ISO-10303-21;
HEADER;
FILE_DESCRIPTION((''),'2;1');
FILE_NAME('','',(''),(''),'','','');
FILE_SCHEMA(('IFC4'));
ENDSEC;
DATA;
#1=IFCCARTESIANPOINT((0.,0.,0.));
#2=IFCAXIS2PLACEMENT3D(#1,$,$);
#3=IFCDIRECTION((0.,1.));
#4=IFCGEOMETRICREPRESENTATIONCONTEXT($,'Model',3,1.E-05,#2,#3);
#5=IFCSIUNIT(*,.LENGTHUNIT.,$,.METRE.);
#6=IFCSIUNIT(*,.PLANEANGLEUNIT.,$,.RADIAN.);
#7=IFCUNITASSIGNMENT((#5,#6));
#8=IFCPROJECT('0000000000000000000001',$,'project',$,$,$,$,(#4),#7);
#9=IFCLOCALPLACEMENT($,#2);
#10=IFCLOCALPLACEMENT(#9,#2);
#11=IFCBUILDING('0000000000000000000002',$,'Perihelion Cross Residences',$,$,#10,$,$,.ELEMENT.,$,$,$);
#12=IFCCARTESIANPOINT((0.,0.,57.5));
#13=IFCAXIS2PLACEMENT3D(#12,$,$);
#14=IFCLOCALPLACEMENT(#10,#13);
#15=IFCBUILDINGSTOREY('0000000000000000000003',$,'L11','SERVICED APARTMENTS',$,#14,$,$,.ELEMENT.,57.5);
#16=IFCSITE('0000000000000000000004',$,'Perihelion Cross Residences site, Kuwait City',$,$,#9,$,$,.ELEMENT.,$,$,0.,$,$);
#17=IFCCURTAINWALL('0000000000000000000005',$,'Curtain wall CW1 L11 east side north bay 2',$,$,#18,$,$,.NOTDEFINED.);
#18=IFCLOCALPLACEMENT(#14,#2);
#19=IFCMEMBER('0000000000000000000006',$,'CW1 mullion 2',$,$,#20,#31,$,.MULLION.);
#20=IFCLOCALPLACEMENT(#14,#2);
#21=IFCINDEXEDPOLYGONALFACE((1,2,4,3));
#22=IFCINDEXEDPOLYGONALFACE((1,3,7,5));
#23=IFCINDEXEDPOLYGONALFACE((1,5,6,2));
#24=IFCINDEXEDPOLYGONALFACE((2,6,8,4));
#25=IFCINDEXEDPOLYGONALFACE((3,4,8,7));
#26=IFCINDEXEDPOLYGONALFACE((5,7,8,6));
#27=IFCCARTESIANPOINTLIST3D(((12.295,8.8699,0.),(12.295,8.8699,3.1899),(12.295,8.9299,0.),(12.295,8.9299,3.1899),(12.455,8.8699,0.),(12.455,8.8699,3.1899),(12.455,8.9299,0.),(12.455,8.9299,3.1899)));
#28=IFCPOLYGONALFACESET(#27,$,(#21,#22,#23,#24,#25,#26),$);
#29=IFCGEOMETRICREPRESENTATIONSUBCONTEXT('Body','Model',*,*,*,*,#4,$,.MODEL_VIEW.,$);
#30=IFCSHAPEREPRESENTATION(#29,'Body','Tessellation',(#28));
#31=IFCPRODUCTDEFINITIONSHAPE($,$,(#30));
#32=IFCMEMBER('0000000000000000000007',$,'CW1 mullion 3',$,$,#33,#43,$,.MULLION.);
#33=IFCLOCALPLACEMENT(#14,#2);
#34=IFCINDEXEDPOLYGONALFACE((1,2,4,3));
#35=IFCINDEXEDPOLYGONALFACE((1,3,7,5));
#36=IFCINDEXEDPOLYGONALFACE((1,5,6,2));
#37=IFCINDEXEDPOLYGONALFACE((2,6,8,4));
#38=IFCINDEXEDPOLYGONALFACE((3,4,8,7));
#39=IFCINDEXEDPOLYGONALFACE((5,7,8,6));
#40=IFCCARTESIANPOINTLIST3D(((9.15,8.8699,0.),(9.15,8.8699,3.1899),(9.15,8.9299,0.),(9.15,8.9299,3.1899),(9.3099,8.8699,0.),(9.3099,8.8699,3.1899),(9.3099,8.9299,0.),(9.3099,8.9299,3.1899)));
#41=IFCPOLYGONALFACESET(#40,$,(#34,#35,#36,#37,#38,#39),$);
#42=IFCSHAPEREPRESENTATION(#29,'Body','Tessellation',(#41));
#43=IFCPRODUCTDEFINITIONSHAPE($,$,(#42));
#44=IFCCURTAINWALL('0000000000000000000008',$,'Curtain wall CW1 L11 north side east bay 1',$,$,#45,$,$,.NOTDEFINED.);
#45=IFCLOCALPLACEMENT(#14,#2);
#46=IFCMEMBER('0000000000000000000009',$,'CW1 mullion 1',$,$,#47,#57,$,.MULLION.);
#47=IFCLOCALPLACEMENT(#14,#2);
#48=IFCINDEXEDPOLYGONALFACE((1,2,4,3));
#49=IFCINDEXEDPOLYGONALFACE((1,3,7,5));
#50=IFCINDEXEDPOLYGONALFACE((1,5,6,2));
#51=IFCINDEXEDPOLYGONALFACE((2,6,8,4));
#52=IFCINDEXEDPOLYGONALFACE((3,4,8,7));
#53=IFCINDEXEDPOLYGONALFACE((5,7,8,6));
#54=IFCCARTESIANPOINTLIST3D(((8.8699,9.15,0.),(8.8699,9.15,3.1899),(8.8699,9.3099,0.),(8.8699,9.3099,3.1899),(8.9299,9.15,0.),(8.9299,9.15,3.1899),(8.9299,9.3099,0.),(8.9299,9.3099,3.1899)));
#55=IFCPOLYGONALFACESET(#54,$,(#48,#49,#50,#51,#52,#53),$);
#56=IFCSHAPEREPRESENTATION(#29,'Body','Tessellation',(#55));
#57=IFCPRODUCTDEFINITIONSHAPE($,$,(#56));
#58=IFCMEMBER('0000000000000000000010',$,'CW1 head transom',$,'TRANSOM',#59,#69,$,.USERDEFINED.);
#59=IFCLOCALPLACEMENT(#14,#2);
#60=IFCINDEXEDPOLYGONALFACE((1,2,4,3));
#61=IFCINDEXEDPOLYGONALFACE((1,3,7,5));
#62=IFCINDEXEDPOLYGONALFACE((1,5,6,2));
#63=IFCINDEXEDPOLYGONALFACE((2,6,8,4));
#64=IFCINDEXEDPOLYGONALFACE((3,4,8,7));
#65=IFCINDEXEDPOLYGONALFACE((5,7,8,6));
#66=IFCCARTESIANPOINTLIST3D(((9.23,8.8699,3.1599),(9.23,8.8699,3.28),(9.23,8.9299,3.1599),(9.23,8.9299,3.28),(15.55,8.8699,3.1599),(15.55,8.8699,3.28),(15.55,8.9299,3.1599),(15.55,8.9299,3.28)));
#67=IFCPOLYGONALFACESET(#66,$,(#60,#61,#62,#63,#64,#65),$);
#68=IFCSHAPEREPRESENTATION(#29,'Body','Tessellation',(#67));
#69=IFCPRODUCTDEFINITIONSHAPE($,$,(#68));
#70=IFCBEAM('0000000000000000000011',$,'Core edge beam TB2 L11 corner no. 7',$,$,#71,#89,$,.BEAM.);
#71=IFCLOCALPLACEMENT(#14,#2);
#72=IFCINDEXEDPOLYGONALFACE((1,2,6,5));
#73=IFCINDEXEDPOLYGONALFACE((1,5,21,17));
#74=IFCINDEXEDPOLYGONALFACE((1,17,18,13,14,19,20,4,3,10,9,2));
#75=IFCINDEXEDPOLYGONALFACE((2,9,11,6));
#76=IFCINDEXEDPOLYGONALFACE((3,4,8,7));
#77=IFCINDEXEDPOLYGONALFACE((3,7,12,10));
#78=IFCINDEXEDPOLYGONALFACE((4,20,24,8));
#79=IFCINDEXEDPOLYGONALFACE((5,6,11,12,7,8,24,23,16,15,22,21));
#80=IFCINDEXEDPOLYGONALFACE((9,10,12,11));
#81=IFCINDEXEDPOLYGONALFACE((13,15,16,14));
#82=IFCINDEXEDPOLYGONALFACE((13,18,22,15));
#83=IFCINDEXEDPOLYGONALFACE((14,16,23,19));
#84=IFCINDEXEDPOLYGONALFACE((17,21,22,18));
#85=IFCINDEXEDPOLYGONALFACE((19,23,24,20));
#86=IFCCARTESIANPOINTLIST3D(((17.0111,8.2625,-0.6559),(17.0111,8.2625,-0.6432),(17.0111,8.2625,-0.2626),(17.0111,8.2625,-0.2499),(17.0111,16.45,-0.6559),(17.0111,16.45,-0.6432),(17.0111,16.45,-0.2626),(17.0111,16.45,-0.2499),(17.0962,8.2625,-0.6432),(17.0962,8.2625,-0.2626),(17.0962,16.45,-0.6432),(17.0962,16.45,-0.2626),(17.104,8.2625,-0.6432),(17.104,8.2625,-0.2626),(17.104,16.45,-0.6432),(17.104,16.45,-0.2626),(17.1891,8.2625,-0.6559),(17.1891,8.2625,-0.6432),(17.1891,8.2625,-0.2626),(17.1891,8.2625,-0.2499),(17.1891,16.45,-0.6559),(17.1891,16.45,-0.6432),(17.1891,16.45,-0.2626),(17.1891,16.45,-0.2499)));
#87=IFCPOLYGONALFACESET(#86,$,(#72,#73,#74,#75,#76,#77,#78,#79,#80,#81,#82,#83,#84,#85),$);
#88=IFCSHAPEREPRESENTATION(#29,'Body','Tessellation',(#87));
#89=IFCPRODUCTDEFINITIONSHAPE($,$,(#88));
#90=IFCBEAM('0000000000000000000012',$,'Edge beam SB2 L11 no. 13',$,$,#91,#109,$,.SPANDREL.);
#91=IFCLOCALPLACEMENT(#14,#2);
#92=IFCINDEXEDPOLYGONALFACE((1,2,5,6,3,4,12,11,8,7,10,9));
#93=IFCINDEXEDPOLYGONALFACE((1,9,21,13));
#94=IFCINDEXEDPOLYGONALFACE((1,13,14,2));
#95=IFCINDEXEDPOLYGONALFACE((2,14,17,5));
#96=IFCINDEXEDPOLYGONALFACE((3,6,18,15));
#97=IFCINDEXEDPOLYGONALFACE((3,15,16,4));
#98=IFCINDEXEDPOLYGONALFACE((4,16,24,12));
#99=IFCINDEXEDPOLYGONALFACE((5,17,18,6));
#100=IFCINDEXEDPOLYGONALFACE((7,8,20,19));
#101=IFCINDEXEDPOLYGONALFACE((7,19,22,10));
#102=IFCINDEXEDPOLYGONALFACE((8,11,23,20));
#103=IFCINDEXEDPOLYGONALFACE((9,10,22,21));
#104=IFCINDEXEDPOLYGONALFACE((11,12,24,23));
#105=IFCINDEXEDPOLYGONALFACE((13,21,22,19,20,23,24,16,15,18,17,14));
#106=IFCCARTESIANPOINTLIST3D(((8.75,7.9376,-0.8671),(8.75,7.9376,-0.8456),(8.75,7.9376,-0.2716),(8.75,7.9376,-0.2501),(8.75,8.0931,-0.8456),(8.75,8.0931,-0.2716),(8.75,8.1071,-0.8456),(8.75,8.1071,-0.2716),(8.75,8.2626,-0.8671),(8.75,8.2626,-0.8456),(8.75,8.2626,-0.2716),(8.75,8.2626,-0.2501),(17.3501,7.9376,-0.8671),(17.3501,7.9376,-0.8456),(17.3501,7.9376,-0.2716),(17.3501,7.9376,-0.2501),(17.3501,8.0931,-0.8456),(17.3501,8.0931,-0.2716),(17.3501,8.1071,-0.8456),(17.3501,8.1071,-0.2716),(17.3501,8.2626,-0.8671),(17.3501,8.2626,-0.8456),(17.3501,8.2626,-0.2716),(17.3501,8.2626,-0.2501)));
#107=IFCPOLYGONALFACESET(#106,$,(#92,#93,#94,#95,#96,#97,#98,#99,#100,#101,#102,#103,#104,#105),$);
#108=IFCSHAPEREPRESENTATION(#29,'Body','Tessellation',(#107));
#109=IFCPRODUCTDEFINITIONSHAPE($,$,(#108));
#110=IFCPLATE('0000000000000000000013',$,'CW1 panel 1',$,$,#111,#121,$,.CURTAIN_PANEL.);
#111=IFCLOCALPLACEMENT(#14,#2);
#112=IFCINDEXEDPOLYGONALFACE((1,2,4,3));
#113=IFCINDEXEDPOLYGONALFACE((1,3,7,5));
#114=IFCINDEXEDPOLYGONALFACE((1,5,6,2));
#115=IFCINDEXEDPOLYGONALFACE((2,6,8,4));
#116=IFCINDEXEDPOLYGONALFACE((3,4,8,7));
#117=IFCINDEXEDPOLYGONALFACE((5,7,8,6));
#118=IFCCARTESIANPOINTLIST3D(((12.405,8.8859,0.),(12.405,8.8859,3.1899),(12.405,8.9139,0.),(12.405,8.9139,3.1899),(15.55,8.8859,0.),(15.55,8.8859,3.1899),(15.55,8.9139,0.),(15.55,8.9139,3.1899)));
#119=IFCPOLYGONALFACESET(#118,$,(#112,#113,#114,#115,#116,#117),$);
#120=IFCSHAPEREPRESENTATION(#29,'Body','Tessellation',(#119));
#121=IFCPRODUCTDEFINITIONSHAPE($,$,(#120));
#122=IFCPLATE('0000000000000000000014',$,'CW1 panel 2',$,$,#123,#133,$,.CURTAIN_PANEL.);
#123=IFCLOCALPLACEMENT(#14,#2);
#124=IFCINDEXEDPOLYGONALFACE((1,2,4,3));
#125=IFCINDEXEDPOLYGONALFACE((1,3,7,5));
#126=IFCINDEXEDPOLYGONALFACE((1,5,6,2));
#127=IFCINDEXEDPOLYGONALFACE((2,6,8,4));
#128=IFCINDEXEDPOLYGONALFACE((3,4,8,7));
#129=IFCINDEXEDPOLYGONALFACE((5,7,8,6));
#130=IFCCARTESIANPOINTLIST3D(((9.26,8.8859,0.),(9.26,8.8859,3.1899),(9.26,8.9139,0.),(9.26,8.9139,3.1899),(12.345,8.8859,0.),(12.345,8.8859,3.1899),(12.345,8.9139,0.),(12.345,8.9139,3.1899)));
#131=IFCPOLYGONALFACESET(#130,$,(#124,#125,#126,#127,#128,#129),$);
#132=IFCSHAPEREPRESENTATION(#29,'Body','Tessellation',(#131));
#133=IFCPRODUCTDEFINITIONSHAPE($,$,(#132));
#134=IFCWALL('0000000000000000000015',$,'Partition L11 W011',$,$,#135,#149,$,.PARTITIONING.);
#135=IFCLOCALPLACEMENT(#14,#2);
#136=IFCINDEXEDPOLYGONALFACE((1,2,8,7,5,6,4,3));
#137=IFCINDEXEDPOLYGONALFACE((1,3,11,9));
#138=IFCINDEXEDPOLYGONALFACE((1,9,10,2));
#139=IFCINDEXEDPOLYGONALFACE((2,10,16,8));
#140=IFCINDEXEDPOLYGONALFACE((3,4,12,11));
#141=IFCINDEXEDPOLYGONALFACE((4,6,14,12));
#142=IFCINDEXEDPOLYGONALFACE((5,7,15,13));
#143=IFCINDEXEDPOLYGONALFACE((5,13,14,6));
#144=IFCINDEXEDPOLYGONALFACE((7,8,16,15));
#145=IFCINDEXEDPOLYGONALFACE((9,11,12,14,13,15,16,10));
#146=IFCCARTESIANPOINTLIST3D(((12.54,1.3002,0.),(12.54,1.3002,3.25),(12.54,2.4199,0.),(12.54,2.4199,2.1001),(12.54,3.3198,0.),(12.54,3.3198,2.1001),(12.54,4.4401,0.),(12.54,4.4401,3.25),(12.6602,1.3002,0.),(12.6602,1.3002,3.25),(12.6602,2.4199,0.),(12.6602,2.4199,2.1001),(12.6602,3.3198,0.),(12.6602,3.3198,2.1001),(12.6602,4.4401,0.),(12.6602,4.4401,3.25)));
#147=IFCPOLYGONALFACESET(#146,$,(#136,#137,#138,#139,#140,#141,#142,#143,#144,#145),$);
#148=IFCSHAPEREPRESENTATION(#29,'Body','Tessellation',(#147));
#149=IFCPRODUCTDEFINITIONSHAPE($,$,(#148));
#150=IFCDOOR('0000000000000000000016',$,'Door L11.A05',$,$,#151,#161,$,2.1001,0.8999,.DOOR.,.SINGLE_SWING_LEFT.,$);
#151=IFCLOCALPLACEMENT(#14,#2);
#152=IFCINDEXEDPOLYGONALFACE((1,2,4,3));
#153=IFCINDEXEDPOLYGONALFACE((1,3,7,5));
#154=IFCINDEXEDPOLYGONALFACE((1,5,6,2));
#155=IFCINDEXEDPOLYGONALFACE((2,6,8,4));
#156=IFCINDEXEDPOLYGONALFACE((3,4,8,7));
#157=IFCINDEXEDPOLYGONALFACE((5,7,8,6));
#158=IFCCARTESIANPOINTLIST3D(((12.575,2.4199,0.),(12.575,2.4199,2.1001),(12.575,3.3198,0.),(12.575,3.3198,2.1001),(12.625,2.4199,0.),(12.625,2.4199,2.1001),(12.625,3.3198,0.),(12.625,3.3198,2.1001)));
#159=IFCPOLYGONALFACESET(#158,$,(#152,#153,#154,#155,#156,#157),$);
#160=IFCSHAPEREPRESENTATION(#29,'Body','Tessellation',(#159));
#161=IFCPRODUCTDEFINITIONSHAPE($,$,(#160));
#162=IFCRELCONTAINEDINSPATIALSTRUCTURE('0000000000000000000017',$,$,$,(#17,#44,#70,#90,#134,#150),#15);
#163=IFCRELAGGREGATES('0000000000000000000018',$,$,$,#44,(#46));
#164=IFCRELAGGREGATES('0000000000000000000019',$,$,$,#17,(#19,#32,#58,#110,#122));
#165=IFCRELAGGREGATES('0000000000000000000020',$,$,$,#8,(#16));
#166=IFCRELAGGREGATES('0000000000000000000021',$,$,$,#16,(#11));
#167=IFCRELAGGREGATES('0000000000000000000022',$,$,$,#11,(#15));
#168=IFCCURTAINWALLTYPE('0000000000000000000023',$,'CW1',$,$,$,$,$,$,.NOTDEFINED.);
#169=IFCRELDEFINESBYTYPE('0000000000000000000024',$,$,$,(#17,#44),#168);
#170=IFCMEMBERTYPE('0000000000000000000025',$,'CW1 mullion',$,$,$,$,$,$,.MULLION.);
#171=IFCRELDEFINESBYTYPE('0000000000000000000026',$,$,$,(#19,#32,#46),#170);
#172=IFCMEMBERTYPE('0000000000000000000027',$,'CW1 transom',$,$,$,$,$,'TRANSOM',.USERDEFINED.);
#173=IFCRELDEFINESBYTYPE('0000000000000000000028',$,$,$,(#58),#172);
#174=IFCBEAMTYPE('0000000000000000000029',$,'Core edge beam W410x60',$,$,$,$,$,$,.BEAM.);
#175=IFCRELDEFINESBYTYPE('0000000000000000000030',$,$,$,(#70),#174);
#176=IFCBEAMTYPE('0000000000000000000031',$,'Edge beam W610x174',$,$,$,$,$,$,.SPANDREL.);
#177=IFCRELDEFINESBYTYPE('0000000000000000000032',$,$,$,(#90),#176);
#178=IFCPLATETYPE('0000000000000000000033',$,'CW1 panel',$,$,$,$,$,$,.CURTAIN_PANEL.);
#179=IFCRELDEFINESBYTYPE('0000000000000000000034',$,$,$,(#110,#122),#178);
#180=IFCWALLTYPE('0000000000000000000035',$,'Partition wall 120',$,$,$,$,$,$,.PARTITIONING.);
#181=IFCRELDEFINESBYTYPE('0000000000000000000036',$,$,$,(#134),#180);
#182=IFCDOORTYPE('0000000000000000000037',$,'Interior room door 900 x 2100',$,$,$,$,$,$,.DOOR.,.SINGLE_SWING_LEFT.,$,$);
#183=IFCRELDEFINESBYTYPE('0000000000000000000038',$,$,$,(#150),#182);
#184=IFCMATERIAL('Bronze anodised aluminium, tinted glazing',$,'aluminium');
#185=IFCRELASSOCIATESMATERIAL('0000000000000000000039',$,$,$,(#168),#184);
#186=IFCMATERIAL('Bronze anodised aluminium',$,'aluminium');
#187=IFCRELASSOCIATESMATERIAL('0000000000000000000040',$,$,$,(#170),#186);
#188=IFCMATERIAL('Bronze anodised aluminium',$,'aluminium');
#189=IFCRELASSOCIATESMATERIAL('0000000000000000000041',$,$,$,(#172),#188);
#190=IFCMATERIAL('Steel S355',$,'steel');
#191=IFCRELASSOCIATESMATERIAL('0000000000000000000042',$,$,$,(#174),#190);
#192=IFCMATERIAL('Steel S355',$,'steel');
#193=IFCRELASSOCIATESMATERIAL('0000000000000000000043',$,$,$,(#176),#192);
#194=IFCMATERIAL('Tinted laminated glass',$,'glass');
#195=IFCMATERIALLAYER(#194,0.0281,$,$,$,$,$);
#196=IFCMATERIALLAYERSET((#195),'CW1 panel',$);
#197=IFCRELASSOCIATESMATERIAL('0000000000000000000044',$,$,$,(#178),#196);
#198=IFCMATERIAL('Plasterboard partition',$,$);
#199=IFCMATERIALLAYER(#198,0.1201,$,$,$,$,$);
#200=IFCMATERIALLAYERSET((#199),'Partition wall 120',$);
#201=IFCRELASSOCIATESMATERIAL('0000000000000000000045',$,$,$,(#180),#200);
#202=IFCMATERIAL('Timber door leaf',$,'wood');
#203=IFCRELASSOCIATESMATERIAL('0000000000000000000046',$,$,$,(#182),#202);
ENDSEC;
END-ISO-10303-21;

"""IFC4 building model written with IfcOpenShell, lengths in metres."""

from ifc_helpers import new_model, si_unit, direction, frame, frame_2d, origin, origin_2d, place, context, subcontext, project, spatial, rectangle, i_section, extrude, material, layer, layer_set, material_profile, profile_set, type_object, element, fill, aggregate, save


model = new_model("IFC4")

# Units and contexts
model_context = context("Model", 3, precision=1e-05, world=origin(), true_north=direction((0.0, 1.0)))
body_context = subcontext(model_context, "Body", "Model", "MODEL_VIEW")
ifc_project = project(units=[si_unit("LENGTHUNIT", "METRE"), si_unit("PLANEANGLEUNIT", "RADIAN")], contexts=[model_context])

# Site, building, storey
site_placement = place(None, origin())
site = spatial("IfcSite", under=ifc_project, at=site_placement, Name="Perihelion Cross Residences site, Kuwait City", CompositionType="ELEMENT", RefElevation=0.0)
building_placement = place(site_placement, origin())
building = spatial("IfcBuilding", under=site, at=building_placement, Name="Perihelion Cross Residences", CompositionType="ELEMENT")
storey_placement = place(building_placement, frame((0.0, 0.0, 57.5)))
storey = spatial("IfcBuildingStorey", under=building, at=storey_placement, Name="L11", Description="SERVICED APARTMENTS", CompositionType="ELEMENT", Elevation=57.5)

# Curtain wall, members
ifc_material_1 = material(Name="Bronze anodised aluminium, tinted glazing", Category="aluminium")
curtain_wall_type = type_object("IfcCurtainWallType", Name="CW1", PredefinedType="NOTDEFINED", material=ifc_material_1)
curtain_wall_1_placement = place(storey_placement, origin())
curtain_wall_1 = element("IfcCurtainWall", 1, at=curtain_wall_1_placement, inside=storey, type_object=curtain_wall_type, Name="Curtain wall CW1 L11 east side north bay 2", PredefinedType="NOTDEFINED")
ifc_material_2 = material(Name="Bronze anodised aluminium", Category="aluminium")
ifc_material_profile_1 = material_profile(ifc_material_2, rectangle(XDim=0.0601, YDim=0.1599, at=origin_2d()), Name="CW1 mullion")
ifc_profile_set_1 = profile_set([ifc_material_profile_1], Name="Bronze anodised aluminium")
member_type_1 = type_object("IfcMemberType", Name="CW1 mullion", PredefinedType="MULLION", material=ifc_profile_set_1)
member_1_placement = place(storey_placement, frame((12.375, 8.8999, 0.0), z_axis=(0.0, 0.0, 1.0), x_axis=(0.0, -1.0, 0.0)))
member_1 = element("IfcMember", 2, at=member_1_placement, type_object=member_type_1, Name="CW1 mullion 2", PredefinedType="MULLION", context=body_context, shape_type="SweptSolid", body=[
    extrude(rectangle(XDim=0.0601, YDim=0.1599, at=origin_2d()), origin(), (0.0, 0.0, 1.0), 3.1899),
])
member_2_placement = place(storey_placement, frame((9.23, 8.8999, 0.0), z_axis=(0.0, 0.0, 1.0), x_axis=(0.0, -1.0, 0.0)))
member_2 = element("IfcMember", 3, at=member_2_placement, type_object=member_type_1, Name="CW1 mullion 3", PredefinedType="MULLION", context=body_context, shape_type="SweptSolid", body=[
    extrude(rectangle(XDim=0.0601, YDim=0.1599, at=origin_2d()), origin(), (0.0, 0.0, 1.0), 3.1899),
])

# Curtain wall, member
curtain_wall_2_placement = place(storey_placement, origin())
curtain_wall_2 = element("IfcCurtainWall", 4, at=curtain_wall_2_placement, inside=storey, type_object=curtain_wall_type, Name="Curtain wall CW1 L11 north side east bay 1", PredefinedType="NOTDEFINED")
member_3_placement = place(storey_placement, frame((8.8999, 9.23, 0.0), z_axis=(0.0, 0.0, 1.0), x_axis=(-1.0, 0.0, 0.0)))
member_3 = element("IfcMember", 5, at=member_3_placement, type_object=member_type_1, Name="CW1 mullion 1", PredefinedType="MULLION", context=body_context, shape_type="SweptSolid", body=[
    extrude(rectangle(XDim=0.0601, YDim=0.1599, at=origin_2d()), origin(), (0.0, 0.0, 1.0), 3.1899),
])
aggregate(curtain_wall_2, [member_3])

# Member
ifc_material_3 = material(Name="Bronze anodised aluminium", Category="aluminium")
ifc_material_profile_2 = material_profile(ifc_material_3, rectangle(XDim=0.0601, YDim=0.1201, at=origin_2d()), Name="CW1 transom")
ifc_profile_set_2 = profile_set([ifc_material_profile_2], Name="Bronze anodised aluminium")
member_type_2 = type_object("IfcMemberType", Name="CW1 transom", ElementType="TRANSOM", PredefinedType="USERDEFINED", material=ifc_profile_set_2)
member_4_placement = place(storey_placement, frame((15.55, 8.8999, 3.22), z_axis=(-1.0, 0.0, 0.0), x_axis=(0.0, -1.0, 0.0)))
member_4 = element("IfcMember", 6, at=member_4_placement, type_object=member_type_2, Name="CW1 head transom", ObjectType="TRANSOM", PredefinedType="USERDEFINED", context=body_context, shape_type="SweptSolid", body=[
    extrude(rectangle(XDim=0.0601, YDim=0.1201, at=origin_2d()), origin(), (0.0, 0.0, 1.0), 6.3201),
])

# Beams
ifc_material_4 = material(Name="Steel S355", Category="steel")
ifc_material_profile_3 = material_profile(ifc_material_4, i_section(OverallWidth=0.178, OverallDepth=0.406, WebThickness=0.0078, FlangeThickness=0.0127, at=origin_2d()), Name="W410x60")
ifc_profile_set_3 = profile_set([ifc_material_profile_3], Name="Steel S355")
beam_type_1 = type_object("IfcBeamType", Name="Core edge beam W410x60", PredefinedType="BEAM", material=ifc_profile_set_3)
beam_1_placement = place(storey_placement, frame((17.1001, 8.2625, -0.4529), z_axis=(0.0, 1.0, 0.0), x_axis=(-1.0, 0.0, 0.0)))
element("IfcBeam", 7, at=beam_1_placement, inside=storey, type_object=beam_type_1, Name="Core edge beam TB2 L11 corner no. 7", PredefinedType="BEAM", context=body_context, shape_type="SweptSolid", body=[
    extrude(i_section(OverallWidth=0.178, OverallDepth=0.406, WebThickness=0.0078, FlangeThickness=0.0127, at=origin_2d()), origin(), (0.0, 0.0, 1.0), 8.1875),
])
ifc_material_5 = material(Name="Steel S355", Category="steel")
ifc_material_profile_4 = material_profile(ifc_material_5, i_section(OverallWidth=0.325, OverallDepth=0.6169, WebThickness=0.0139, FlangeThickness=0.0215, at=origin_2d()), Name="W610x174")
ifc_profile_set_4 = profile_set([ifc_material_profile_4], Name="Steel S355")
beam_type_2 = type_object("IfcBeamType", Name="Edge beam W610x174", PredefinedType="SPANDREL", material=ifc_profile_set_4)
beam_2_placement = place(storey_placement, frame((17.3501, 8.1001, -0.5586), z_axis=(-1.0, 0.0, 0.0), x_axis=(0.0, -1.0, 0.0)))
element("IfcBeam", 8, at=beam_2_placement, inside=storey, type_object=beam_type_2, Name="Edge beam SB2 L11 no. 13", PredefinedType="SPANDREL", context=body_context, shape_type="SweptSolid", body=[
    extrude(i_section(OverallWidth=0.325, OverallDepth=0.6169, WebThickness=0.0139, FlangeThickness=0.0215, at=origin_2d()), origin(), (0.0, 0.0, 1.0), 8.6001),
])

# Plates
ifc_material_6 = material(Name="Tinted laminated glass", Category="glass")
ifc_layer_1 = layer(ifc_material_6, 0.0281)
ifc_layer_set_1 = layer_set([ifc_layer_1], Name="CW1 panel")
plate_type = type_object("IfcPlateType", Name="CW1 panel", PredefinedType="CURTAIN_PANEL", material=ifc_layer_set_1)
plate_1_placement = place(storey_placement, frame((13.9775, 8.8999, 0.0), z_axis=(0.0, 0.0, 1.0), x_axis=(-1.0, 0.0, 0.0)))
plate_1 = element("IfcPlate", 9, at=plate_1_placement, type_object=plate_type, Name="CW1 panel 1", PredefinedType="CURTAIN_PANEL", context=body_context, shape_type="SweptSolid", body=[
    extrude(rectangle(XDim=3.145, YDim=0.0281, at=origin_2d()), origin(), (0.0, 0.0, 1.0), 3.1899),
])
plate_2_placement = place(storey_placement, frame((10.8025, 8.8999, 0.0), z_axis=(0.0, 0.0, 1.0), x_axis=(-1.0, 0.0, 0.0)))
plate_2 = element("IfcPlate", 10, at=plate_2_placement, type_object=plate_type, Name="CW1 panel 2", PredefinedType="CURTAIN_PANEL", context=body_context, shape_type="SweptSolid", body=[
    extrude(rectangle(XDim=3.085, YDim=0.0281, at=origin_2d()), origin(), (0.0, 0.0, 1.0), 3.1899),
])
aggregate(curtain_wall_1, [member_1, member_2, member_4, plate_1, plate_2])

# Wall, opening, door
ifc_material_7 = material(Name="Plasterboard partition")
ifc_layer_2 = layer(ifc_material_7, 0.1201)
ifc_layer_set_2 = layer_set([ifc_layer_2], Name="Partition wall 120")
wall_type_1 = type_object("IfcWallType", Name="Partition wall 120", PredefinedType="PARTITIONING", material=ifc_layer_set_2)
wall_1_placement = place(storey_placement, frame((12.6001, 4.4399, 0.0), z_axis=(0.0, 0.0, 1.0), x_axis=(0.0, -1.0, 0.0)))
wall_1 = element("IfcWall", 11, at=wall_1_placement, inside=storey, type_object=wall_type_1, Name="Partition L11 W011", PredefinedType="PARTITIONING", context=body_context, shape_type="SweptSolid", body=[
    extrude(rectangle(XDim=3.1399, YDim=0.1201, at=frame_2d((1.5698, 0.0))), origin(), (0.0, 0.0, 1.0), 3.25),
])
opening_1_placement = place(wall_1_placement, frame((1.1201, 0.0, 0.0)))
opening_1 = element("IfcOpeningElement", 12, at=opening_1_placement, cuts=wall_1, PredefinedType="OPENING", context=body_context, shape_type="SweptSolid", body=[
    extrude(rectangle(XDim=0.8999, YDim=2.1001, at=frame_2d((0.45, 1.05))), frame((0.0, 0.0701, 0.0), z_axis=(0.0, -1.0, 0.0), x_axis=(1.0, 0.0, 0.0)), (0.0, 0.0, 1.0), 0.1401),
])
ifc_material_8 = material(Name="Timber door leaf", Category="wood")
door_type_1 = type_object("IfcDoorType", Name="Interior room door 900 x 2100", OperationType="SINGLE_SWING_LEFT", PredefinedType="DOOR", material=ifc_material_8)
door_1_placement = place(opening_1_placement, origin())
door_1 = element("IfcDoor", 13, at=door_1_placement, inside=storey, type_object=door_type_1, Name="Door L11.A05", OperationType="SINGLE_SWING_LEFT", OverallHeight=2.1001, OverallWidth=0.8999, PredefinedType="DOOR", context=body_context, shape_type="SweptSolid", body=[
    extrude(rectangle(XDim=0.8999, YDim=2.1001, at=frame_2d((0.45, 1.05))), frame((0.0, 0.0249, 0.0), z_axis=(0.0, -1.0, 0.0), x_axis=(1.0, 0.0, 0.0)), (0.0, 0.0, 1.0), 0.05),
])
fill(opening_1, door_1)

save(model, "model.ifc")
